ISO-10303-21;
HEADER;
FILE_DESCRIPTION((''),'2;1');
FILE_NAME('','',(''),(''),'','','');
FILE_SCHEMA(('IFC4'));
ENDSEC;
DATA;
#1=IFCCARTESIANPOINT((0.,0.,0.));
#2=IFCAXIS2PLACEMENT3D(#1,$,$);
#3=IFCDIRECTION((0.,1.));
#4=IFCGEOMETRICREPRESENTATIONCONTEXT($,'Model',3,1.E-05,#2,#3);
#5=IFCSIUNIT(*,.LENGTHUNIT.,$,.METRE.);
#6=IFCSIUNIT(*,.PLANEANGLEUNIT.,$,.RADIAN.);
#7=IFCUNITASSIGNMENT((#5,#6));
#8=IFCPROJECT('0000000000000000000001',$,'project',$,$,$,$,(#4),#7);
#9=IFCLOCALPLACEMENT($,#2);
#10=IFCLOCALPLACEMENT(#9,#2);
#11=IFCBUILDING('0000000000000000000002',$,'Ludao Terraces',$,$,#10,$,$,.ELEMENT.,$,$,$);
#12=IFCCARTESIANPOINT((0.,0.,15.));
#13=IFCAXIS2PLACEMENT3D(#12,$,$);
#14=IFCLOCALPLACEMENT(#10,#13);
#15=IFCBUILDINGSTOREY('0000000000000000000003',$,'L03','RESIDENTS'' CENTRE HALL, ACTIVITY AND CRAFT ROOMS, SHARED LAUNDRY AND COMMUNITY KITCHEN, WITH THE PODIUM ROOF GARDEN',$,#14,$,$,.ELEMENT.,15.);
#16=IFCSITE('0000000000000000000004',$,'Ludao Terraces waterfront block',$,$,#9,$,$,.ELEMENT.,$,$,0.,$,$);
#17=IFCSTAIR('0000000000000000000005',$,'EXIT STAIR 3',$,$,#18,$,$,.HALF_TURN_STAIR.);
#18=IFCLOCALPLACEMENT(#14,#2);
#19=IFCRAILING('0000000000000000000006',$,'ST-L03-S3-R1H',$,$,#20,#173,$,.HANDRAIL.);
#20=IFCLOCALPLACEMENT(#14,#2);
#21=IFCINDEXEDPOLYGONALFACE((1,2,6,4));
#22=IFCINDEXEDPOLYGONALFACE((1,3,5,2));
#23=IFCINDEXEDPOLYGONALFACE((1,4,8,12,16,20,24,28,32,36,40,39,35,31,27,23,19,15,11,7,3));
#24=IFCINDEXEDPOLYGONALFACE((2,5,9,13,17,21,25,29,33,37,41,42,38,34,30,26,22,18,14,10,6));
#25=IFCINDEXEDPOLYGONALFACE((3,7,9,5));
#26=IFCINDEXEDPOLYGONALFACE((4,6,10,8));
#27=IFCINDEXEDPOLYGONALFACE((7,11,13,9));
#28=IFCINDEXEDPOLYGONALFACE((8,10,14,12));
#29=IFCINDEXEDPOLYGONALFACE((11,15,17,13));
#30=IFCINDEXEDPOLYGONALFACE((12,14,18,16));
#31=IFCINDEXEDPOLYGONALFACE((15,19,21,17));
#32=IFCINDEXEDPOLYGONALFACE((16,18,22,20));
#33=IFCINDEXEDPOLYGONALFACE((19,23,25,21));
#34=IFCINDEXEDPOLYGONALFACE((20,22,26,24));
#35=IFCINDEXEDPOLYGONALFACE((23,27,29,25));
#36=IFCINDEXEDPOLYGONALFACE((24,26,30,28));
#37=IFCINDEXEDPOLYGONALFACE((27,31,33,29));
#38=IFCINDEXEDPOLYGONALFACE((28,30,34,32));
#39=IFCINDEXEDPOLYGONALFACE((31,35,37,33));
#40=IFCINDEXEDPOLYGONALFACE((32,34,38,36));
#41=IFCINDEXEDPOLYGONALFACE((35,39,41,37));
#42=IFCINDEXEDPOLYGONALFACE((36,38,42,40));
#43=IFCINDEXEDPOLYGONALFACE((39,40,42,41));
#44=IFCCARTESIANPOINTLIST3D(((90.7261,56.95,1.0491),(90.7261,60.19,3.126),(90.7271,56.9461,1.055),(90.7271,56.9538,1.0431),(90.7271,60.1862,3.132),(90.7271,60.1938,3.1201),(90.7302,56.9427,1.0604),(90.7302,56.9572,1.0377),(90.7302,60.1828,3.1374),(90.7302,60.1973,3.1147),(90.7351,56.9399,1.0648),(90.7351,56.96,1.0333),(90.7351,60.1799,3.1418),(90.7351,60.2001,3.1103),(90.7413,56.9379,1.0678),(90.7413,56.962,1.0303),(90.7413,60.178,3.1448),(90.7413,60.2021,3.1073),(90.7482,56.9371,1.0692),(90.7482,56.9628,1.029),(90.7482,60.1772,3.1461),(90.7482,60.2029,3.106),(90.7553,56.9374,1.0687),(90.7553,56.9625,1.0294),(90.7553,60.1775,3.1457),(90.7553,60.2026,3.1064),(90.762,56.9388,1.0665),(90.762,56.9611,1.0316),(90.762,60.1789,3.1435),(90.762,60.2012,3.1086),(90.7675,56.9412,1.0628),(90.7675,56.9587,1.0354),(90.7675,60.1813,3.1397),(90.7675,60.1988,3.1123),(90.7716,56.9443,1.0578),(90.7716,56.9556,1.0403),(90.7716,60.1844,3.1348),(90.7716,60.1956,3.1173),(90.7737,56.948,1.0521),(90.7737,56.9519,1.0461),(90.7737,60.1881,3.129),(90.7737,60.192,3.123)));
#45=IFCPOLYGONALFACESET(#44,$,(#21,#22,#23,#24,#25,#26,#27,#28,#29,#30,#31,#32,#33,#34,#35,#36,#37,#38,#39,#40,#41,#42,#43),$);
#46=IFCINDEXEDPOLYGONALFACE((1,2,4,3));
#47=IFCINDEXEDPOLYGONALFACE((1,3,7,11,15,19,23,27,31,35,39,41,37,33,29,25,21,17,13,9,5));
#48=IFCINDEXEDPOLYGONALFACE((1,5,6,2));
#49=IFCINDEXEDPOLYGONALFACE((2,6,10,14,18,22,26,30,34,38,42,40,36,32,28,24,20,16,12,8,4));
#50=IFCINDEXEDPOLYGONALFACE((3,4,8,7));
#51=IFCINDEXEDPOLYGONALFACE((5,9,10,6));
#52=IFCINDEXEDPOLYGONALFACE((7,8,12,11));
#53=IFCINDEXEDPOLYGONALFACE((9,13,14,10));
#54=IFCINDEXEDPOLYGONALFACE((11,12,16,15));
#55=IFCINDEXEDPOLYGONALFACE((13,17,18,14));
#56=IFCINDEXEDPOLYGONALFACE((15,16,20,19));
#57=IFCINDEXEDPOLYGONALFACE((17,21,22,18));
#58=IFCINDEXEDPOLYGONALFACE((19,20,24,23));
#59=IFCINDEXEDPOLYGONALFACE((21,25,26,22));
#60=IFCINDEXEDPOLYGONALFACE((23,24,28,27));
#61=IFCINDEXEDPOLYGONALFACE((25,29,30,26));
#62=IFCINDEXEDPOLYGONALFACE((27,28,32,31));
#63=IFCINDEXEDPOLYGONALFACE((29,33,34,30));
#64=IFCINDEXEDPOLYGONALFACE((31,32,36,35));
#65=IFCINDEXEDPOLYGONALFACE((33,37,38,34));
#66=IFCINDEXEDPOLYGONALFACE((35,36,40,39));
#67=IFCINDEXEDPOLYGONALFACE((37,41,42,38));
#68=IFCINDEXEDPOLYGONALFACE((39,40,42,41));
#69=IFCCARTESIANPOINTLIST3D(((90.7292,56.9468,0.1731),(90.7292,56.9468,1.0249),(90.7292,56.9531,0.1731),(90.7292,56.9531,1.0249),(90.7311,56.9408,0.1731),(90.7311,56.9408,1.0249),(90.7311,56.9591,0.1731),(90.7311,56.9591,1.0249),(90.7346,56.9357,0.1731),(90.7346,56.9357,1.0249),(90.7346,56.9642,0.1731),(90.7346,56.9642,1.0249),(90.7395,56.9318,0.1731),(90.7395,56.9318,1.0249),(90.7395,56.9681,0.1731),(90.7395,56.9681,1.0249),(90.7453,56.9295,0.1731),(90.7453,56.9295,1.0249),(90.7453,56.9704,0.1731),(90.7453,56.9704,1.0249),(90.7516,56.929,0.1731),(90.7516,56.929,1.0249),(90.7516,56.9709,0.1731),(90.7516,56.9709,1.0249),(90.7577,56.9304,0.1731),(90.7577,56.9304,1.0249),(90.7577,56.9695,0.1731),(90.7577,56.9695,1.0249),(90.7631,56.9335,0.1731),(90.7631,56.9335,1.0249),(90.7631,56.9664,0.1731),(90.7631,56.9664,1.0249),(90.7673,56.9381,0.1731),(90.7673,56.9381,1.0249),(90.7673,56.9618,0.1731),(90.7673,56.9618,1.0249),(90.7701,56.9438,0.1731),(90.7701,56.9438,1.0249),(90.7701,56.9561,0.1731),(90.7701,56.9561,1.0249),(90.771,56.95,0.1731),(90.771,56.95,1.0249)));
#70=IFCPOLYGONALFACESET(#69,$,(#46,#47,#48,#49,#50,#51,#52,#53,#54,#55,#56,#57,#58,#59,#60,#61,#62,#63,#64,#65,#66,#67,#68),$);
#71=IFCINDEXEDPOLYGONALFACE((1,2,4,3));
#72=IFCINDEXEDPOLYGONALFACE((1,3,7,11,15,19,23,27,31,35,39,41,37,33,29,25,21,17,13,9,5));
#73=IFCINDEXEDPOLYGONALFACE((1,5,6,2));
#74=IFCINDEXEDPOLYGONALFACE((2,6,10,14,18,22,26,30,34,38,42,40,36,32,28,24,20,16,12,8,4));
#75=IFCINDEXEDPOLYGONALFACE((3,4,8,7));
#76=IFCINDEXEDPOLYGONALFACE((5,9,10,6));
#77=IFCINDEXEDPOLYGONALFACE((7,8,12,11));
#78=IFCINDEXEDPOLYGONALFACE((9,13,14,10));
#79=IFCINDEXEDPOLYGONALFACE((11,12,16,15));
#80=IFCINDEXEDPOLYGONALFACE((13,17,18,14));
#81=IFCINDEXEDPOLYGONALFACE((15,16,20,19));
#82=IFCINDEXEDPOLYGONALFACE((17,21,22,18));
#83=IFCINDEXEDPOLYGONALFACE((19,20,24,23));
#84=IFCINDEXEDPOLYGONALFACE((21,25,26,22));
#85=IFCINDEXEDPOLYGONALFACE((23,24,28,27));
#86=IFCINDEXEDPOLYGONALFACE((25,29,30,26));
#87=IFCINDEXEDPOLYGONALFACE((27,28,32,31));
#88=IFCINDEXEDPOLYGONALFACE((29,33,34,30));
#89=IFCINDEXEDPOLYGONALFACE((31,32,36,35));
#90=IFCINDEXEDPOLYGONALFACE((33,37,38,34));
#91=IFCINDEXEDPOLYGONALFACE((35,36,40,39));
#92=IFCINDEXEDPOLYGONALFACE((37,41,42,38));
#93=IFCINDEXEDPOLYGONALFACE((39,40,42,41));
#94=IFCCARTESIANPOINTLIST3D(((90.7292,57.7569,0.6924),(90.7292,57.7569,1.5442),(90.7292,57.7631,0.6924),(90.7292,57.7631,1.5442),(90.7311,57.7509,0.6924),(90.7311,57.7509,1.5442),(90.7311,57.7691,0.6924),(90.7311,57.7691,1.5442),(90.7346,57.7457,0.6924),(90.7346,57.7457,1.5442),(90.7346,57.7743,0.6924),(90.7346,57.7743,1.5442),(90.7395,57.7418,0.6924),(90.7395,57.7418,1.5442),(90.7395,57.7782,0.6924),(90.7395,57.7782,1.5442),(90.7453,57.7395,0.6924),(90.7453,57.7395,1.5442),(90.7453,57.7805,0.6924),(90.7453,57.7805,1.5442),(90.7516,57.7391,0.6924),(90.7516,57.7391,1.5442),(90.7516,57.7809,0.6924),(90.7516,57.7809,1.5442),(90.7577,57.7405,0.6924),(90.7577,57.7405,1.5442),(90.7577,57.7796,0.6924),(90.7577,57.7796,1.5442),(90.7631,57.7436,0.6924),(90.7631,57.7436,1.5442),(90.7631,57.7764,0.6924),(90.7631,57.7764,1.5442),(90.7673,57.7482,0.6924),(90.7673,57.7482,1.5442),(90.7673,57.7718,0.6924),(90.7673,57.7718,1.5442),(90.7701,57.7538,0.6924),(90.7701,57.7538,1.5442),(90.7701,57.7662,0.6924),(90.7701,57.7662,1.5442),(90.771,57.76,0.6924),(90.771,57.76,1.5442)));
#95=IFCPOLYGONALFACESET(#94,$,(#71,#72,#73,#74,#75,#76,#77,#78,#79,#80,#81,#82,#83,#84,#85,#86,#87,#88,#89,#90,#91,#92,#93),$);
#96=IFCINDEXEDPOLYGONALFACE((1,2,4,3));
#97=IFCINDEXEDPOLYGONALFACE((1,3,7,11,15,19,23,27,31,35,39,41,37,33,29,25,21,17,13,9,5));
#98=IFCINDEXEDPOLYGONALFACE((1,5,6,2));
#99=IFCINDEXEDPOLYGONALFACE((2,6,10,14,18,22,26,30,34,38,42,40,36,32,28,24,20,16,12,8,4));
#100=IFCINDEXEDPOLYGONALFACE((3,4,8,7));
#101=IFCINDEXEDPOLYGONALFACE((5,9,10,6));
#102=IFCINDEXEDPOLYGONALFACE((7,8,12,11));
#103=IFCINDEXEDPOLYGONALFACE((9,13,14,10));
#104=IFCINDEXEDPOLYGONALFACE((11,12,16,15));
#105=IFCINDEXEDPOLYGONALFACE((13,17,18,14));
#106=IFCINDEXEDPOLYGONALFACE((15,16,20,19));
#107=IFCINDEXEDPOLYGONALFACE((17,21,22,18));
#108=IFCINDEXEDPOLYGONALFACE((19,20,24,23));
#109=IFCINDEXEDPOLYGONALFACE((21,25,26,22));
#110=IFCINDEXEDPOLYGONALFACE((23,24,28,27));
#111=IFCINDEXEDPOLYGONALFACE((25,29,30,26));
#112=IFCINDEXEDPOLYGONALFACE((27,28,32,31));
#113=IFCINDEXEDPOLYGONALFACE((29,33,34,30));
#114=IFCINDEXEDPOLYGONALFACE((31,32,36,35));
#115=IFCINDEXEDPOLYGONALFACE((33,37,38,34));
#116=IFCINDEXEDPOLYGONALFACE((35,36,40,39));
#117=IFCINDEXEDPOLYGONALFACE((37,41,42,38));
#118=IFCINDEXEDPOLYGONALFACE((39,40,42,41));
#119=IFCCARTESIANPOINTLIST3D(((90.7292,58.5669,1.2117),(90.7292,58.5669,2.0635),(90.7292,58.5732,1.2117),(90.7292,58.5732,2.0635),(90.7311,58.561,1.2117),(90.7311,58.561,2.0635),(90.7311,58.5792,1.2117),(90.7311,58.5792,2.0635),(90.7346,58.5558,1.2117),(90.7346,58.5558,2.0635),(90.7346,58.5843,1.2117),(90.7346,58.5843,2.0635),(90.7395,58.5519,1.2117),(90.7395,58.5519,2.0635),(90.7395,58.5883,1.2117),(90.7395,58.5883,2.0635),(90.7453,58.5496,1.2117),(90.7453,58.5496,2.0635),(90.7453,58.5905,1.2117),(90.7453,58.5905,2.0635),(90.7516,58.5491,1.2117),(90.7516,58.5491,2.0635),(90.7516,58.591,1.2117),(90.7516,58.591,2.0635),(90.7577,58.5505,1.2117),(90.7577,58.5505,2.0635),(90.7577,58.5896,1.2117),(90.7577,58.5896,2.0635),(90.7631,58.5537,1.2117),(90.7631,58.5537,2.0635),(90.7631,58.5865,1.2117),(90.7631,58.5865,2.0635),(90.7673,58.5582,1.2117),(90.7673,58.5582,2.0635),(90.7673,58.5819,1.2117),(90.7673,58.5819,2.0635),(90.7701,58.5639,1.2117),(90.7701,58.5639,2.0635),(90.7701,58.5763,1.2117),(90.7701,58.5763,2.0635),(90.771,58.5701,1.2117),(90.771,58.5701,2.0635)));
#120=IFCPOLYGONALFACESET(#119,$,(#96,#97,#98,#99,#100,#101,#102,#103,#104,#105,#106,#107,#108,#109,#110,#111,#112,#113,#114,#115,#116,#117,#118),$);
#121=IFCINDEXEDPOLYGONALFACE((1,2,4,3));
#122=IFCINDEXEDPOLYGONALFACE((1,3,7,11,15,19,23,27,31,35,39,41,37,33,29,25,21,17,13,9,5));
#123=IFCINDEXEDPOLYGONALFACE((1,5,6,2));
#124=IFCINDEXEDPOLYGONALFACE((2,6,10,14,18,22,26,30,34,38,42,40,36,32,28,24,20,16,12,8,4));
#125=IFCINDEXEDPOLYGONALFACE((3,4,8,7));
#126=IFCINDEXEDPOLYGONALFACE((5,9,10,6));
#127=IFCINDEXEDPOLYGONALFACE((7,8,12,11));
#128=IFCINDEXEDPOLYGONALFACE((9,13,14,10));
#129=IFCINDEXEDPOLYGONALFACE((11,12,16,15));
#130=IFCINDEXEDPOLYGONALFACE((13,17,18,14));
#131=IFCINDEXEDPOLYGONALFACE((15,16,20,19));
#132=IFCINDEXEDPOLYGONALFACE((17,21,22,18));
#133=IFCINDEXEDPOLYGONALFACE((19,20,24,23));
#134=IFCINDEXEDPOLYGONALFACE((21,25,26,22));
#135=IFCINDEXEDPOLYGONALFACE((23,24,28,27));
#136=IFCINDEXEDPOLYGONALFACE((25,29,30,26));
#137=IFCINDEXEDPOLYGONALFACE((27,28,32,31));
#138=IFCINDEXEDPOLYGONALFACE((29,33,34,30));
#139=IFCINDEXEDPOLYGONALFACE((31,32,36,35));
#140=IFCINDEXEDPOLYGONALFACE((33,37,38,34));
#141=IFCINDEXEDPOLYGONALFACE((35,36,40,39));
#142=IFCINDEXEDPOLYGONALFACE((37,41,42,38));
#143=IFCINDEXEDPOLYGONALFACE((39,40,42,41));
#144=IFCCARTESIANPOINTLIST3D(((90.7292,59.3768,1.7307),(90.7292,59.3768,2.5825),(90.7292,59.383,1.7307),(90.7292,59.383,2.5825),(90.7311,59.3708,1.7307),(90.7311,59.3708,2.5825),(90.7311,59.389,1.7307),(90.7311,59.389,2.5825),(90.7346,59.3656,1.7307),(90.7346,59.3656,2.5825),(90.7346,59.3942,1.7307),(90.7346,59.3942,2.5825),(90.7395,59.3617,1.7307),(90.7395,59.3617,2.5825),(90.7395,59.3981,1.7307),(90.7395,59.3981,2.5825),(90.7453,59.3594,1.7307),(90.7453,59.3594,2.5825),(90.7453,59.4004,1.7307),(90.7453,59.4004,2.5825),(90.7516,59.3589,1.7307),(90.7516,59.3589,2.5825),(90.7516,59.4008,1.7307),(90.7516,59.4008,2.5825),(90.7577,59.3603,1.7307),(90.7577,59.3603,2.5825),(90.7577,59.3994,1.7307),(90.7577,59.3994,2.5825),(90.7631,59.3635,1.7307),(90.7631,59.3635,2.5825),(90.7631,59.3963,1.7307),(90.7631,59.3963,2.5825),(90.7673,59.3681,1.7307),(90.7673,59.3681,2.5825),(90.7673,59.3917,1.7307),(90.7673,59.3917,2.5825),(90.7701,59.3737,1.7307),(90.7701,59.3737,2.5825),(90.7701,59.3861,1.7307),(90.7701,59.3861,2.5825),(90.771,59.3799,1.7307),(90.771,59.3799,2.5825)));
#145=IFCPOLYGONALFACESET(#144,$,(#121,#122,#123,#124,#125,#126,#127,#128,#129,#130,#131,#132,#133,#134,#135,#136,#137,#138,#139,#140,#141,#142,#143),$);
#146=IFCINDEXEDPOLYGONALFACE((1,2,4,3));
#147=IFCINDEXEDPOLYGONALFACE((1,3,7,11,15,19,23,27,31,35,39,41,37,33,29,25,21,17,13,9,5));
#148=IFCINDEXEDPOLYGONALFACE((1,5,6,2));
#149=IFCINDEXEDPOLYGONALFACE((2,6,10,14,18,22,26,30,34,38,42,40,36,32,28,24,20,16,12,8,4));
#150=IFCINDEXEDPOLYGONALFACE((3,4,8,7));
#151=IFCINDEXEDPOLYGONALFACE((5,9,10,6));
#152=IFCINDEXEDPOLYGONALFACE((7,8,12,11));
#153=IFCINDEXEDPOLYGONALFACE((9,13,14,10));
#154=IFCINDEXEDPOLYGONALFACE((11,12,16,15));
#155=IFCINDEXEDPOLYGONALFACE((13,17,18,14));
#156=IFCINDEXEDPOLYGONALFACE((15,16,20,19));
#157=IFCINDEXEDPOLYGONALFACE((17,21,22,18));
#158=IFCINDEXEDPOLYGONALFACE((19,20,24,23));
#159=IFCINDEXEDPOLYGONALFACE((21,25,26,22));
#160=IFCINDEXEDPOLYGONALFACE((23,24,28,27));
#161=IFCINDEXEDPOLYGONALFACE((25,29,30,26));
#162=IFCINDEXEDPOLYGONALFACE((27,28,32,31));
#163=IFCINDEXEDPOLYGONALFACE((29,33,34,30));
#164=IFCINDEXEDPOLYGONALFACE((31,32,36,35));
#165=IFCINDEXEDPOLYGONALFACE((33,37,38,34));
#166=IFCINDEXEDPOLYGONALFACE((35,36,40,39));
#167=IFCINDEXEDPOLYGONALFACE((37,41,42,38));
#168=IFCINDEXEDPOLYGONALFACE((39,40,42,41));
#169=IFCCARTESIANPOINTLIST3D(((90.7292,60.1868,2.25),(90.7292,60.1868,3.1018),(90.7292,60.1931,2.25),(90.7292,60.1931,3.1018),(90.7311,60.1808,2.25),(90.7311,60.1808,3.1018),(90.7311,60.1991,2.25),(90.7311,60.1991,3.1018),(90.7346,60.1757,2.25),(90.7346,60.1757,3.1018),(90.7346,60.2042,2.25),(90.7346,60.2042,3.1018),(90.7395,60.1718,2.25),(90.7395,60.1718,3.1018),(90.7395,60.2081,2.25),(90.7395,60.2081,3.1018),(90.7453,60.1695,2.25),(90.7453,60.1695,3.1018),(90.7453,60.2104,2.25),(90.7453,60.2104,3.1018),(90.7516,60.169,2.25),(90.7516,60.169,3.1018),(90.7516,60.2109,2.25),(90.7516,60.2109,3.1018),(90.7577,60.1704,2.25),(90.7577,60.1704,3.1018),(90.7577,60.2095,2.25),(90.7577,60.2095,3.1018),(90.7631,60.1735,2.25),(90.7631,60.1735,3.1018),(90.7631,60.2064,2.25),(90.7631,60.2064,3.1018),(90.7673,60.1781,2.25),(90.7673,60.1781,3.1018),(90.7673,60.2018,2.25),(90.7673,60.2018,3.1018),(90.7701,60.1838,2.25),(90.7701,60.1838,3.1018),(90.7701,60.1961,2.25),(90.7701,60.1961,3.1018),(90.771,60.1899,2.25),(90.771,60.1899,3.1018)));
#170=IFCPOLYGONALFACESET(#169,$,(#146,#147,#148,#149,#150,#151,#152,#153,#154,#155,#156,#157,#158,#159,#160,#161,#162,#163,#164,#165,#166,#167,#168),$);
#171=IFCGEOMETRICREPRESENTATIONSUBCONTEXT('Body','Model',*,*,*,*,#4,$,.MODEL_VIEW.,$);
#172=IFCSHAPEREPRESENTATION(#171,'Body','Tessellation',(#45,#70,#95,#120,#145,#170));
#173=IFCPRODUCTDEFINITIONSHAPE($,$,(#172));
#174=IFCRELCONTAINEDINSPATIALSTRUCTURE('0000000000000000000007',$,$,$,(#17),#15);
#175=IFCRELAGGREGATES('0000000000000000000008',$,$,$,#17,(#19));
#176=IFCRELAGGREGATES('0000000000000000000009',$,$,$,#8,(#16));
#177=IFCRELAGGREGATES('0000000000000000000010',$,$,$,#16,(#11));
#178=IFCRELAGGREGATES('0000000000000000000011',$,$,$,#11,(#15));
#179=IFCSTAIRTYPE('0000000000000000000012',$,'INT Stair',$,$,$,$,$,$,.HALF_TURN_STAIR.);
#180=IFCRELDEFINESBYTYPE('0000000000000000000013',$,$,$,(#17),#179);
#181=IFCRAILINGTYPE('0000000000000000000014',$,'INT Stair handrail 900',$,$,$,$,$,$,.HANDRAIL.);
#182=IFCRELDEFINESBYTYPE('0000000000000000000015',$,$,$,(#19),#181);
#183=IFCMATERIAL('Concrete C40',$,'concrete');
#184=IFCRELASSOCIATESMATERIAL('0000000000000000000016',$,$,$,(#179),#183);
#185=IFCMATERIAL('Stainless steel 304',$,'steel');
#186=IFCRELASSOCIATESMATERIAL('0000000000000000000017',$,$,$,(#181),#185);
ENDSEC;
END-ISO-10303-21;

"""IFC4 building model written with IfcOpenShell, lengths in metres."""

from ifc_helpers import new_model, si_unit, direction, frame, origin, origin_2d, place, context, subcontext, project, spatial, circle, extrude, material, type_object, element, aggregate, save


model = new_model("IFC4")

# Units and contexts
model_context = context("Model", 3, precision=1e-05, world=origin(), true_north=direction((0.0, 1.0)))
body_context = subcontext(model_context, "Body", "Model", "MODEL_VIEW")
ifc_project = project(units=[si_unit("LENGTHUNIT", "METRE"), si_unit("PLANEANGLEUNIT", "RADIAN")], contexts=[model_context])

# Site, building, storey
site_placement = place(None, origin())
site = spatial("IfcSite", under=ifc_project, at=site_placement, Name="Ludao Terraces waterfront block", CompositionType="ELEMENT", RefElevation=0.0)
building_placement = place(site_placement, origin())
building = spatial("IfcBuilding", under=site, at=building_placement, Name="Ludao Terraces", CompositionType="ELEMENT")
storey_placement = place(building_placement, frame((0.0, 0.0, 15.0)))
storey = spatial("IfcBuildingStorey", under=building, at=storey_placement, Name="L03", Description="RESIDENTS' CENTRE HALL, ACTIVITY AND CRAFT ROOMS, SHARED LAUNDRY AND COMMUNITY KITCHEN, WITH THE PODIUM ROOF GARDEN", CompositionType="ELEMENT", Elevation=15.0)

# Stair, railing
ifc_material_1 = material(Name="Concrete C40", Category="concrete")
stair_type = type_object("IfcStairType", Name="INT Stair", PredefinedType="HALF_TURN_STAIR", material=ifc_material_1)
stair_placement = place(storey_placement, origin())
stair = element("IfcStair", 1, at=stair_placement, inside=storey, type_object=stair_type, Name="EXIT STAIR 3", PredefinedType="HALF_TURN_STAIR")
ifc_material_2 = material(Name="Stainless steel 304", Category="steel")
railing_type_1 = type_object("IfcRailingType", Name="INT Stair handrail 900", PredefinedType="HANDRAIL", material=ifc_material_2)
railing_1_placement = place(storey_placement, frame((90.75, 56.95, 0.1731)))
railing_1 = element("IfcRailing", 2, at=railing_1_placement, type_object=railing_type_1, Name="ST-L03-S3-R1H", PredefinedType="HANDRAIL", context=body_context, shape_type="SweptSolid", body=[
    extrude(circle(Radius=0.0239, at=origin_2d()), frame((0.0, 0.0, 0.876), z_axis=(0.0, 0.841881, 0.539664), x_axis=(-1.0, 0.0, 0.0)), (0.0, 0.0, 1.0), 3.8486),
    extrude(circle(Radius=0.021, at=origin_2d()), origin(), (0.0, 0.0, 1.0), 0.8518),
    extrude(circle(Radius=0.021, at=origin_2d()), frame((0.0, 0.8101, 0.5193)), (0.0, 0.0, 1.0), 0.8518),
    extrude(circle(Radius=0.021, at=origin_2d()), frame((0.0, 1.6201, 1.0386)), (0.0, 0.0, 1.0), 0.8518),
    extrude(circle(Radius=0.021, at=origin_2d()), frame((0.0, 2.4299, 1.5576)), (0.0, 0.0, 1.0), 0.8518),
    extrude(circle(Radius=0.021, at=origin_2d()), frame((0.0, 3.24, 2.0769)), (0.0, 0.0, 1.0), 0.8518),
])
aggregate(stair, [railing_1])

save(model, "model.ifc")
